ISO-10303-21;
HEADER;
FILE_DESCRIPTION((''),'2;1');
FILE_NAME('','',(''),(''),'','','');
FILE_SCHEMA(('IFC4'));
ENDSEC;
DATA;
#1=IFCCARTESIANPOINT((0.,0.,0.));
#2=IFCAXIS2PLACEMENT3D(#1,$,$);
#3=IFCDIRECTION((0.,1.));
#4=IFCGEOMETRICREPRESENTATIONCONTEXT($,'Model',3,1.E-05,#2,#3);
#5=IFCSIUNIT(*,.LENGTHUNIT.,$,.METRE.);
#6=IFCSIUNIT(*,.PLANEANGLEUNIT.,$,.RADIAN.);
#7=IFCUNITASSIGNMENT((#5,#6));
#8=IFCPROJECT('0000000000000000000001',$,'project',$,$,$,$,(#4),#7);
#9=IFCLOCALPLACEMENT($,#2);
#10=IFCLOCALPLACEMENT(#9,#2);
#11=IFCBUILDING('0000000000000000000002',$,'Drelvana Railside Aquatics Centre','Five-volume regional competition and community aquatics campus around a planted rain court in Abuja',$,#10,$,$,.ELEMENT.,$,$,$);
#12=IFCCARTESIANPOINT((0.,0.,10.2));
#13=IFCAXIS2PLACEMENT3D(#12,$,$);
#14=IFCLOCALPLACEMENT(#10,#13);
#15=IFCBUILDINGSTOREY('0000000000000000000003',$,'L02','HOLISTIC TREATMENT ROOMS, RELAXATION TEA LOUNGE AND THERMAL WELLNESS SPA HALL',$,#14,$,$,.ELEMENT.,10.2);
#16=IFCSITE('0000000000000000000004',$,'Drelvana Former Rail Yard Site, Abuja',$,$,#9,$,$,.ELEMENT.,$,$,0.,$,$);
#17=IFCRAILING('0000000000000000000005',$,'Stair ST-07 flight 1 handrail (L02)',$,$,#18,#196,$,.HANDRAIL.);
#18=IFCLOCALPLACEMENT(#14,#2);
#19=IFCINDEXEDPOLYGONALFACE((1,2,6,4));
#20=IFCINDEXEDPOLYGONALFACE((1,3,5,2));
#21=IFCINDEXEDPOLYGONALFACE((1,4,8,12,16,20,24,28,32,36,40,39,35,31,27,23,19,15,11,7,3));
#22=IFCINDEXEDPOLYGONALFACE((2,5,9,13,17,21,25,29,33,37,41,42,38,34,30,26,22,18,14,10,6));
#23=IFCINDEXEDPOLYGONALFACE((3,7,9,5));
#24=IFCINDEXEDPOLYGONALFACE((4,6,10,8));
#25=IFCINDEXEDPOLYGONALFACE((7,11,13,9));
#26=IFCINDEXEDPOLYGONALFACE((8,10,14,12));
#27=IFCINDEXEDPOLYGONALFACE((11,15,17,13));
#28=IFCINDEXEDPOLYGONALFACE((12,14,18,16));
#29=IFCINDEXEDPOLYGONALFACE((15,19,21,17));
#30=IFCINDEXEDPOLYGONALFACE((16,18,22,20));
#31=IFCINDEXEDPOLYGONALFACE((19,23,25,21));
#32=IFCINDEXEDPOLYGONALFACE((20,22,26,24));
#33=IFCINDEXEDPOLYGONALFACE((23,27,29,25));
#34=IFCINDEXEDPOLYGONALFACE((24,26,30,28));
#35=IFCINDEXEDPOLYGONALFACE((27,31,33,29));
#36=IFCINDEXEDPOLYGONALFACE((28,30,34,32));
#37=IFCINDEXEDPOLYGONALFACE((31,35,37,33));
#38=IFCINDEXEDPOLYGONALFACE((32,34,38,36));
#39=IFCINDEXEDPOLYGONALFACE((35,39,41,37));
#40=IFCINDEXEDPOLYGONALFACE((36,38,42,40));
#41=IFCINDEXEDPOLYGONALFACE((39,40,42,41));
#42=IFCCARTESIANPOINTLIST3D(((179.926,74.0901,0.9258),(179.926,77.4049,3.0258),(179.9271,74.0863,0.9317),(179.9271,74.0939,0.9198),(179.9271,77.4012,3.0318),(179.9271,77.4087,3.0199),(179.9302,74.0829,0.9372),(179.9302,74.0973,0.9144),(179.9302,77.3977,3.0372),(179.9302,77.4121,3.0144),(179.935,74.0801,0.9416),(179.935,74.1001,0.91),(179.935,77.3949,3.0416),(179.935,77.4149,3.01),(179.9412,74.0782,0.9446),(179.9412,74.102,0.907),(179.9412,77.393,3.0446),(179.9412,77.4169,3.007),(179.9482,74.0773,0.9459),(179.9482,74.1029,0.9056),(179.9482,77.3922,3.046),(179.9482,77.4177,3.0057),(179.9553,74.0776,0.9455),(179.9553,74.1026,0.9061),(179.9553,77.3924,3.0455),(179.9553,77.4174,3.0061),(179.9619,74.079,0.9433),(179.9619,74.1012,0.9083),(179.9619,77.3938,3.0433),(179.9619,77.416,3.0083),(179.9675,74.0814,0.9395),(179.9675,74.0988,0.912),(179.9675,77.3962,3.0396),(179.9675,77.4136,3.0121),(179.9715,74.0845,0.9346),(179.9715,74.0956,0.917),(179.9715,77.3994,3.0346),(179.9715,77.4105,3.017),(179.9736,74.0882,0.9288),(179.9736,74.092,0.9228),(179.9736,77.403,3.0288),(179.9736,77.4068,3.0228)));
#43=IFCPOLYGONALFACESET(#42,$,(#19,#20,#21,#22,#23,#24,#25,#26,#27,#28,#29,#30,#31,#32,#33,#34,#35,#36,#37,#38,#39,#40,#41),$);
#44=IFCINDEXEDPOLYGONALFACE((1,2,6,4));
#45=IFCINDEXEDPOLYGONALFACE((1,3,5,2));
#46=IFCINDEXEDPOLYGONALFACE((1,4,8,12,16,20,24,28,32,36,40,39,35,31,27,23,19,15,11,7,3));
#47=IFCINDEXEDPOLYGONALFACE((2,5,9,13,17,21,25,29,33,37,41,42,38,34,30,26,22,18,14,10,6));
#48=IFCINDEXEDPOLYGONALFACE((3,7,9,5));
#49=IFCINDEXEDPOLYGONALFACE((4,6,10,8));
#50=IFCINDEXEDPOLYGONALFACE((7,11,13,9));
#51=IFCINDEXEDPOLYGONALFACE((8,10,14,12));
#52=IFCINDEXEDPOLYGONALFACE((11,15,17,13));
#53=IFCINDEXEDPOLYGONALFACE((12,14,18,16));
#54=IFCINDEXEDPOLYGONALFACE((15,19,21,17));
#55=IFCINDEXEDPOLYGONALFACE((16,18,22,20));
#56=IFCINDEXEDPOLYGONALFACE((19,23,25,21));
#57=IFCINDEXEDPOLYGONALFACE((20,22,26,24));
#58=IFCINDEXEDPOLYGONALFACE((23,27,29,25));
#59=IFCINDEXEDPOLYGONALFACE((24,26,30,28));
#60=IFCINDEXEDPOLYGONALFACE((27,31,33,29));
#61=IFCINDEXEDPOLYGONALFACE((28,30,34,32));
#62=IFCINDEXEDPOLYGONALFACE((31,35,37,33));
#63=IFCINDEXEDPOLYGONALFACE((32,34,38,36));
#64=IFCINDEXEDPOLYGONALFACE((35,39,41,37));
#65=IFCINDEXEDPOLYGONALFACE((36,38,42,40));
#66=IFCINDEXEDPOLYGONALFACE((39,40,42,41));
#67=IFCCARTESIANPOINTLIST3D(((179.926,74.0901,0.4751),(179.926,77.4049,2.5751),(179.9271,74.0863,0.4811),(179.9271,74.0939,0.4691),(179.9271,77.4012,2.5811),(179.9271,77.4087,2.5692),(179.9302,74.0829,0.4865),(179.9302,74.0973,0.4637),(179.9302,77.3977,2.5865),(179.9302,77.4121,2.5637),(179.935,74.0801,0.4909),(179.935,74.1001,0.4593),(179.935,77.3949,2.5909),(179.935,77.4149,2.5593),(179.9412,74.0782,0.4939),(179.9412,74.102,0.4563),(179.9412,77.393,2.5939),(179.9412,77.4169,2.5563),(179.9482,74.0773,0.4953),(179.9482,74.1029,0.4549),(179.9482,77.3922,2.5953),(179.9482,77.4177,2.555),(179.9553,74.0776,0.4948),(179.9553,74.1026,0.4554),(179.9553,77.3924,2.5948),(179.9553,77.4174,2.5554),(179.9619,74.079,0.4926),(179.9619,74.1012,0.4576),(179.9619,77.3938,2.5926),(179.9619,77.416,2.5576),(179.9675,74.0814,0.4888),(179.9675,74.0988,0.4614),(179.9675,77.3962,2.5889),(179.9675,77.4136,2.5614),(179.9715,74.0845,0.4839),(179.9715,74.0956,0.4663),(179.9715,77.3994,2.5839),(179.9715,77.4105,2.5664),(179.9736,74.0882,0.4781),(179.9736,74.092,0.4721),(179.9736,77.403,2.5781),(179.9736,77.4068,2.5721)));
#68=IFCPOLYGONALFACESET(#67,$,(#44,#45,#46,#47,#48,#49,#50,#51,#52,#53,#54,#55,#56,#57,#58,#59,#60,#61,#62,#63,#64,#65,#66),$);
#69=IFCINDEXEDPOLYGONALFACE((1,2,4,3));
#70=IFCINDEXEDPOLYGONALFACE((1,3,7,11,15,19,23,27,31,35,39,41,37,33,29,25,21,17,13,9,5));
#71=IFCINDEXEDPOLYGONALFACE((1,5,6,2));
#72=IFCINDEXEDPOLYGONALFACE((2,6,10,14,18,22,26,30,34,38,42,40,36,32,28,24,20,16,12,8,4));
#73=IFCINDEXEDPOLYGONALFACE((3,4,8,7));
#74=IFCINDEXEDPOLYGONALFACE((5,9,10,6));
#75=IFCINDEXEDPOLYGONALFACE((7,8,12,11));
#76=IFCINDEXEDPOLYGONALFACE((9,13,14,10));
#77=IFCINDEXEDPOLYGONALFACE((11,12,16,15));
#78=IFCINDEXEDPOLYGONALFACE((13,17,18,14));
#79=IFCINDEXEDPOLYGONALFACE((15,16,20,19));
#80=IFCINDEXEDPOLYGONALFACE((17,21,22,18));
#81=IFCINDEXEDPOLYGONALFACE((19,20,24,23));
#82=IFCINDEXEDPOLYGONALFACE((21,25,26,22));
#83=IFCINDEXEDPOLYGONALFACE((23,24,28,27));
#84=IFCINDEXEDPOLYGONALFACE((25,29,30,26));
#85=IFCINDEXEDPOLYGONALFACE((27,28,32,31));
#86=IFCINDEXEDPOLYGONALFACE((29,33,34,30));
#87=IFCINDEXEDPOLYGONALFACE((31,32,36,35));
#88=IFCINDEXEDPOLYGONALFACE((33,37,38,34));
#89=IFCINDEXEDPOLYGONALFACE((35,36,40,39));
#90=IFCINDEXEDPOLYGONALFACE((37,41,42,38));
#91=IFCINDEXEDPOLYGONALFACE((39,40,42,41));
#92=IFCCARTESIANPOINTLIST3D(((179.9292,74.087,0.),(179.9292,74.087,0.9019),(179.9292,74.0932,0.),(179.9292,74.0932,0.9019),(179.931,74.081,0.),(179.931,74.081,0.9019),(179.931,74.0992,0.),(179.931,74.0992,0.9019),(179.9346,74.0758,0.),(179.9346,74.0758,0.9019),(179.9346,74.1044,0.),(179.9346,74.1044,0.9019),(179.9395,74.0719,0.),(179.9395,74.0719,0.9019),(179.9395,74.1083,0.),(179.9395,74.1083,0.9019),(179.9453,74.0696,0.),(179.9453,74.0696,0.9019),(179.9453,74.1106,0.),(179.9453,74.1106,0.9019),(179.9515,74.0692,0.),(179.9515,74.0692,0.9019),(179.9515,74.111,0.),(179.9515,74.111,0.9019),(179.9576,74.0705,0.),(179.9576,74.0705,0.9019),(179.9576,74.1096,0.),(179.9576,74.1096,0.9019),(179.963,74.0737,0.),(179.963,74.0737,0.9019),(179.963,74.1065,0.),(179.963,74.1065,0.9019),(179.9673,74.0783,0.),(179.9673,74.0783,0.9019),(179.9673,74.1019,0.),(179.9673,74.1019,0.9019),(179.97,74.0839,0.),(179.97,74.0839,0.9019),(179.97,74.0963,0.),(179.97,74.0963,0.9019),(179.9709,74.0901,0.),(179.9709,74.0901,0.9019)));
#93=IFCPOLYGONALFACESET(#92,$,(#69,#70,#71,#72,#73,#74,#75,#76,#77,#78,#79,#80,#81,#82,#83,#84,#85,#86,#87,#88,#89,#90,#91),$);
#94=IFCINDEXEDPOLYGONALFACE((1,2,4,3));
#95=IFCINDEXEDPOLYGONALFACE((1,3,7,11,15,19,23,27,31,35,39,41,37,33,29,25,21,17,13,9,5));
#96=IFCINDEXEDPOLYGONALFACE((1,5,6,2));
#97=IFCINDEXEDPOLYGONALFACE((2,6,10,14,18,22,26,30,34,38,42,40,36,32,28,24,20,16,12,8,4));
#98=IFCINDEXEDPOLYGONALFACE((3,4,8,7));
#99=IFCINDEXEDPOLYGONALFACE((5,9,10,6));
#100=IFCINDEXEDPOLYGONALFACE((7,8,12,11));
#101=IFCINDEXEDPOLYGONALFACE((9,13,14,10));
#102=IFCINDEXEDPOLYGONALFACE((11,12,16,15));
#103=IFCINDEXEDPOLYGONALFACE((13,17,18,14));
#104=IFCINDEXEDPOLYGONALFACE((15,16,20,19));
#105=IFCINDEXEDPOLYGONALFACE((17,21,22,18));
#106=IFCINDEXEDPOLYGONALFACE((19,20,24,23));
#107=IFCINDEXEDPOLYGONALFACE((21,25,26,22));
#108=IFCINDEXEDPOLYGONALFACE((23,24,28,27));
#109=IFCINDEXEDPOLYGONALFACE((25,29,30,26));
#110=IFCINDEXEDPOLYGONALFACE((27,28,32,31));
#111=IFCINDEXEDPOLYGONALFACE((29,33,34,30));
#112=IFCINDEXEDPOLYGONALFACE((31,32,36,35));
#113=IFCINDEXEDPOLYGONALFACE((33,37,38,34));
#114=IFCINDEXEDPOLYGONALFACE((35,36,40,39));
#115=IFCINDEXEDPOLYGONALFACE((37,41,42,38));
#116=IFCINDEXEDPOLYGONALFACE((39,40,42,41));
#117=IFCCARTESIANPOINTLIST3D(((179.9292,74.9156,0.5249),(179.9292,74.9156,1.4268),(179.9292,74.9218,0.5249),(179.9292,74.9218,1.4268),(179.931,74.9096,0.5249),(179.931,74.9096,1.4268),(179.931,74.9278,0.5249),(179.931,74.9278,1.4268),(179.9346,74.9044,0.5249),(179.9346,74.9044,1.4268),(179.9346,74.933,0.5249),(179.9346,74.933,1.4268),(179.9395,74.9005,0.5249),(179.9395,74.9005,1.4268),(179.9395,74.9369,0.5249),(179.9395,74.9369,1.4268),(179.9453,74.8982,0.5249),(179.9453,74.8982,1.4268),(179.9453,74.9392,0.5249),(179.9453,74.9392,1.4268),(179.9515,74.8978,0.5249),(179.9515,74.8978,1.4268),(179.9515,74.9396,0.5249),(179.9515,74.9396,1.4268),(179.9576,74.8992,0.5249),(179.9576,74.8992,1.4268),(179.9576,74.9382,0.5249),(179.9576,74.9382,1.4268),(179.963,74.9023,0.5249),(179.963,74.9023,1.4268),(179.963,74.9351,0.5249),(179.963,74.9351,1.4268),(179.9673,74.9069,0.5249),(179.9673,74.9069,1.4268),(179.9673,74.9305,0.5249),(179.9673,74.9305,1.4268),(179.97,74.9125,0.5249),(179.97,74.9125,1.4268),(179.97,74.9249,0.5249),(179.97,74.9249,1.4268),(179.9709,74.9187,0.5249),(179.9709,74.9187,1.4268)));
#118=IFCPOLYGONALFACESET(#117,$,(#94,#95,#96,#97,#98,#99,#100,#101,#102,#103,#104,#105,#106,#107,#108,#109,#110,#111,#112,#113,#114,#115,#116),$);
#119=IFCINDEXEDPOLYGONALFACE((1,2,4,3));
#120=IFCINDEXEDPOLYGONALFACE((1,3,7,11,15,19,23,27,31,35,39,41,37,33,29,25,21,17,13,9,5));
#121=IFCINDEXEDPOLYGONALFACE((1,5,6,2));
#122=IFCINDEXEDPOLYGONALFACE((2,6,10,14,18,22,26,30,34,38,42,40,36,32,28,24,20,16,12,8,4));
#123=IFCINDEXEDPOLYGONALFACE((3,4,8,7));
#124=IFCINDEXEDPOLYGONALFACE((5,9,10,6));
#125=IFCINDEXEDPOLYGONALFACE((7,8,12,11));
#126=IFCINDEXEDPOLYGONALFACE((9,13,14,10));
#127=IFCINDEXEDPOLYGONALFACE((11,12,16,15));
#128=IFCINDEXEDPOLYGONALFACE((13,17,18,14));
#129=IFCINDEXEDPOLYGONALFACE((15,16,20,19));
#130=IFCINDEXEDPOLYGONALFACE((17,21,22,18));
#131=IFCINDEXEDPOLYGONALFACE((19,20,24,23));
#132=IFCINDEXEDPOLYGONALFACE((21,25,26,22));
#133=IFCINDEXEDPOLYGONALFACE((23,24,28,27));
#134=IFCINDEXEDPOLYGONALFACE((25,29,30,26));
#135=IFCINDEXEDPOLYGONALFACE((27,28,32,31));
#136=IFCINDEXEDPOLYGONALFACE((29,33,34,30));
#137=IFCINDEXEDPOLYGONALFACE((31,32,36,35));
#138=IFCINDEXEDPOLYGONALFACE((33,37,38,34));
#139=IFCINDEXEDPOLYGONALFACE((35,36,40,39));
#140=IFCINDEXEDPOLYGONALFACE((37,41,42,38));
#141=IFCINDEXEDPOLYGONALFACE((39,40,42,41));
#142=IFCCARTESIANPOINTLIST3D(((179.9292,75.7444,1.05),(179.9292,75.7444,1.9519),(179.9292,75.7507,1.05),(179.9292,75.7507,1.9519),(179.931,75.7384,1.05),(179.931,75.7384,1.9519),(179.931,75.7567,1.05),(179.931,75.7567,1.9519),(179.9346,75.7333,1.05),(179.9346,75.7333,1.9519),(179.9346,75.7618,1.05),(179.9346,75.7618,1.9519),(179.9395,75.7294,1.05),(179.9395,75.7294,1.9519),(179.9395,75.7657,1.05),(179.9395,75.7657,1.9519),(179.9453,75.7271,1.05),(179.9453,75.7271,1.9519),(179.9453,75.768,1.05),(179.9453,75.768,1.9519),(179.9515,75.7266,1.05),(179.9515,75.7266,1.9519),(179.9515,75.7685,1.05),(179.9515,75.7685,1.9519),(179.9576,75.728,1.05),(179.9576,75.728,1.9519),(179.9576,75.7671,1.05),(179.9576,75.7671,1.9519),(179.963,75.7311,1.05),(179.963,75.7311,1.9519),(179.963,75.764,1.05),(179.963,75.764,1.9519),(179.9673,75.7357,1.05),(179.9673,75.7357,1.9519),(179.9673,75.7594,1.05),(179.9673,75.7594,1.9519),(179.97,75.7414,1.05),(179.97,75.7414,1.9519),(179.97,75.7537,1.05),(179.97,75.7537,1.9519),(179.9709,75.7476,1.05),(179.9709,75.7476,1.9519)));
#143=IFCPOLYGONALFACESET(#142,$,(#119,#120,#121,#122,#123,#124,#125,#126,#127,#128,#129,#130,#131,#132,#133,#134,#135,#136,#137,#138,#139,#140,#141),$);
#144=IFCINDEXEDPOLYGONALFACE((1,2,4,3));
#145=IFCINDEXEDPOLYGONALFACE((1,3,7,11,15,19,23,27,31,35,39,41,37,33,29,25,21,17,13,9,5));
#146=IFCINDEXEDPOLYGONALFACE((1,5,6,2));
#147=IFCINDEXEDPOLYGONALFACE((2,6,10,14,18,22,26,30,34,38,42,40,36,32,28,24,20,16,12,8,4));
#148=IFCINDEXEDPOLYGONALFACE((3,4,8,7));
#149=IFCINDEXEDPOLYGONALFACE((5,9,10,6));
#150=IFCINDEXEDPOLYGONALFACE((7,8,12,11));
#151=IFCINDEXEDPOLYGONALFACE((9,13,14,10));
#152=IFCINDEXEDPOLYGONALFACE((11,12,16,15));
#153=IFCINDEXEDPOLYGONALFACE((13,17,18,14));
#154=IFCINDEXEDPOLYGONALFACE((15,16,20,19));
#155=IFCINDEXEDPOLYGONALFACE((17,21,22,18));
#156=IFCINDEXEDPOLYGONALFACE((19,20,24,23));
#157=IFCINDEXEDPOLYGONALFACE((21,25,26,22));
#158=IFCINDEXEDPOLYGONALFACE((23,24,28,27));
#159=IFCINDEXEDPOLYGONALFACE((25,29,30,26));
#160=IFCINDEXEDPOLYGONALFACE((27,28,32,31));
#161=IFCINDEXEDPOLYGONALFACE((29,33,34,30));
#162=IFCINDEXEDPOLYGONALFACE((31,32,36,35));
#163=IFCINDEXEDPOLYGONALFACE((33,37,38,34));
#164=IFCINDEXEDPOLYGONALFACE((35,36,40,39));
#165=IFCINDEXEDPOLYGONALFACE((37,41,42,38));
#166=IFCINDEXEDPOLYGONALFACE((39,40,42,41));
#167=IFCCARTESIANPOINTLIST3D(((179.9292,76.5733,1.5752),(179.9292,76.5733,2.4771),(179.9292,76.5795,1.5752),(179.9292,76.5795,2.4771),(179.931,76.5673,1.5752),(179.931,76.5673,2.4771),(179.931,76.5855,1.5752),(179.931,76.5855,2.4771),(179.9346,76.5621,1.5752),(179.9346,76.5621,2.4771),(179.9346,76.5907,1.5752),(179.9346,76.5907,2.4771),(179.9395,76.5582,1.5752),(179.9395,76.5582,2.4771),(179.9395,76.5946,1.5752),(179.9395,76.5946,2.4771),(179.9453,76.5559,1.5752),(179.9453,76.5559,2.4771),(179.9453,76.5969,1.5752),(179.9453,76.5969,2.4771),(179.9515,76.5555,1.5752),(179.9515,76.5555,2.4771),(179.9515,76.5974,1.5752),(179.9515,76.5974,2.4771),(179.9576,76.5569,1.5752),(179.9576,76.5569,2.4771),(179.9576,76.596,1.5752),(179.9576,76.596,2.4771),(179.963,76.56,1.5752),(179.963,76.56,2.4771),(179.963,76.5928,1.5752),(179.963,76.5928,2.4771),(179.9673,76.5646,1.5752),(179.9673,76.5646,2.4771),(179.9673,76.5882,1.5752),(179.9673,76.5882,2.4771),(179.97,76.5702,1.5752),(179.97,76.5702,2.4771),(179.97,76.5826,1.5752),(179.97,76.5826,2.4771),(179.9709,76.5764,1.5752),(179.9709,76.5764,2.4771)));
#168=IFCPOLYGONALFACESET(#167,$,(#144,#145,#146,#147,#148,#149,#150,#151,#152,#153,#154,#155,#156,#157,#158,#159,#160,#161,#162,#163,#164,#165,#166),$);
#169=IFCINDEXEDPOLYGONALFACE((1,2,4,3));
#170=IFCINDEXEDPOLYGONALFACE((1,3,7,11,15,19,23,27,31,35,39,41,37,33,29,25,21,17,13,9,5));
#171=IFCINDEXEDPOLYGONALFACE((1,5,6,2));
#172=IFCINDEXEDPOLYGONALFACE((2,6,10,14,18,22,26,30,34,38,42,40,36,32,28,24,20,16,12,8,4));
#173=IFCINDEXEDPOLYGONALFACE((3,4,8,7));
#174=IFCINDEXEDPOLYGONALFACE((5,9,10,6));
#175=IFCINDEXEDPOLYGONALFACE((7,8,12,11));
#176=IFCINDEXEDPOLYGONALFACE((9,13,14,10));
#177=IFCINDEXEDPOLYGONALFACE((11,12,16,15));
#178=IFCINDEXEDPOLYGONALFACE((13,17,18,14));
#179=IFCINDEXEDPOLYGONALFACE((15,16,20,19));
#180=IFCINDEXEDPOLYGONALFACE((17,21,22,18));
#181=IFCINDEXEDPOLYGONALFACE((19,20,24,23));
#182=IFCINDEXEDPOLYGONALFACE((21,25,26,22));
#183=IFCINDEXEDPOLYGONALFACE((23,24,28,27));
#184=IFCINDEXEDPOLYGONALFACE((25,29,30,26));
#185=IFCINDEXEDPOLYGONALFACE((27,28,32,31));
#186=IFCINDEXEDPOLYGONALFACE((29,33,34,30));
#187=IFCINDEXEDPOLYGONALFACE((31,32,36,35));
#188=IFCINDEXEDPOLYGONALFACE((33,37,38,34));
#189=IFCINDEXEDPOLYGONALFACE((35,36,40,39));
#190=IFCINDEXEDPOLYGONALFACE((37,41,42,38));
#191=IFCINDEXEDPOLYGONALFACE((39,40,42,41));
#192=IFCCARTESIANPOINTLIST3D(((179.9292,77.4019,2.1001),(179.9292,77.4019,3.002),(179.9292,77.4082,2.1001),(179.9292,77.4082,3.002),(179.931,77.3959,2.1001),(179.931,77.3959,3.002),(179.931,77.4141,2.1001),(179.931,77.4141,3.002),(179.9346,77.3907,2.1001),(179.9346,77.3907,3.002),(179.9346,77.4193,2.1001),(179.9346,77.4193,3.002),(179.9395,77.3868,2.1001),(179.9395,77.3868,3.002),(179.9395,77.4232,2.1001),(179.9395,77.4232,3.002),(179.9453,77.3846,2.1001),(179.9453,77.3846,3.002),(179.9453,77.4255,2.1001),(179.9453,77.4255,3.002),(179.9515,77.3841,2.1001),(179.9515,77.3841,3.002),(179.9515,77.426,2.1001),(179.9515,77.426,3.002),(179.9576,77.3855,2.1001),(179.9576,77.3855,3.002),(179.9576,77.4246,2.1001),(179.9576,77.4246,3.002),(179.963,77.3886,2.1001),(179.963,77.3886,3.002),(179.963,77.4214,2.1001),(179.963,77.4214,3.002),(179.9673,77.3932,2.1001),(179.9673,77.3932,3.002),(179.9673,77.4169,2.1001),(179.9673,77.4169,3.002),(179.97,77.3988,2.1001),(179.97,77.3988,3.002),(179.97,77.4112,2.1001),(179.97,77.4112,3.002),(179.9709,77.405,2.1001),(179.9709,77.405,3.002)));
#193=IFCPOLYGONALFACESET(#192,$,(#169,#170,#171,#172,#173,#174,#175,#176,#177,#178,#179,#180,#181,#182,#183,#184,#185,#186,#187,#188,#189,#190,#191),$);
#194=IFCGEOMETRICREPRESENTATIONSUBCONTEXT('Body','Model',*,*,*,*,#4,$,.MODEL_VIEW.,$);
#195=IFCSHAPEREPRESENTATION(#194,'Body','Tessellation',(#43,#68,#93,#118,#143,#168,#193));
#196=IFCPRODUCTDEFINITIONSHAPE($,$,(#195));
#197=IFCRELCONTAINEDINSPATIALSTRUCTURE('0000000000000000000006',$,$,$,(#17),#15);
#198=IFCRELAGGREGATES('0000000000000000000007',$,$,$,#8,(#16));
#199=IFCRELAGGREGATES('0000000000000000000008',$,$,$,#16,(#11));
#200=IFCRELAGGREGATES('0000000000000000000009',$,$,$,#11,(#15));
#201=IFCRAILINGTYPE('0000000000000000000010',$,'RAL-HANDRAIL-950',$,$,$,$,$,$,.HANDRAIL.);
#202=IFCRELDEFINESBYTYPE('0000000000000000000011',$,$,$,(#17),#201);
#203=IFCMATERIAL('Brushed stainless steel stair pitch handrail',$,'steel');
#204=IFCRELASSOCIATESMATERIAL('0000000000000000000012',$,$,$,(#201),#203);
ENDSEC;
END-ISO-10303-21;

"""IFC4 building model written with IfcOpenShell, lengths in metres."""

from ifc_helpers import new_model, si_unit, direction, frame, origin, origin_2d, place, context, subcontext, project, spatial, circle, extrude, material, type_object, element, save


model = new_model("IFC4")

# Units and contexts
model_context = context("Model", 3, precision=1e-05, world=origin(), true_north=direction((0.0, 1.0)))
body_context = subcontext(model_context, "Body", "Model", "MODEL_VIEW")
ifc_project = project(units=[si_unit("LENGTHUNIT", "METRE"), si_unit("PLANEANGLEUNIT", "RADIAN")], contexts=[model_context])

# Site, building, storey
site_placement = place(None, origin())
site = spatial("IfcSite", under=ifc_project, at=site_placement, Name="Drelvana Former Rail Yard Site, Abuja", CompositionType="ELEMENT", RefElevation=0.0)
building_placement = place(site_placement, origin())
building = spatial("IfcBuilding", under=site, at=building_placement, Name="Drelvana Railside Aquatics Centre", Description="Five-volume regional competition and community aquatics campus around a planted rain court in Abuja", CompositionType="ELEMENT")
storey_placement = place(building_placement, frame((0.0, 0.0, 10.2)))
storey = spatial("IfcBuildingStorey", under=building, at=storey_placement, Name="L02", Description="HOLISTIC TREATMENT ROOMS, RELAXATION TEA LOUNGE AND THERMAL WELLNESS SPA HALL", CompositionType="ELEMENT", Elevation=10.2)

# Railing
ifc_material_1 = material(Name="Brushed stainless steel stair pitch handrail", Category="steel")
railing_type = type_object("IfcRailingType", Name="RAL-HANDRAIL-950", PredefinedType="HANDRAIL", material=ifc_material_1)
railing_placement = place(storey_placement, frame((179.95, 74.0901, 0.0)))
element("IfcRailing", 1, at=railing_placement, inside=storey, type_object=railing_type, Name="Stair ST-07 flight 1 handrail (L02)", PredefinedType="HANDRAIL", context=body_context, shape_type="SweptSolid", body=[
    extrude(circle(Radius=0.0239, at=origin_2d()), frame((0.0, 0.0, 0.9258), z_axis=(0.0, 0.844746, 0.535168), x_axis=(-1.0, 0.0, 0.0)), (0.0, 0.0, 1.0), 3.9241),
    extrude(circle(Radius=0.0239, at=origin_2d()), frame((0.0, 0.0, 0.4751), z_axis=(0.0, 0.844746, 0.535168), x_axis=(-1.0, 0.0, 0.0)), (0.0, 0.0, 1.0), 3.9241),
    extrude(circle(Radius=0.021, at=origin_2d()), origin(), (0.0, 0.0, 1.0), 0.9019),
    extrude(circle(Radius=0.021, at=origin_2d()), frame((0.0, 0.8286, 0.5249)), (0.0, 0.0, 1.0), 0.9019),
    extrude(circle(Radius=0.021, at=origin_2d()), frame((0.0, 1.6575, 1.05)), (0.0, 0.0, 1.0), 0.9019),
    extrude(circle(Radius=0.021, at=origin_2d()), frame((0.0, 2.4863, 1.5752)), (0.0, 0.0, 1.0), 0.9019),
    extrude(circle(Radius=0.021, at=origin_2d()), frame((0.0, 3.3149, 2.1001)), (0.0, 0.0, 1.0), 0.9019),
])

save(model, "model.ifc")
